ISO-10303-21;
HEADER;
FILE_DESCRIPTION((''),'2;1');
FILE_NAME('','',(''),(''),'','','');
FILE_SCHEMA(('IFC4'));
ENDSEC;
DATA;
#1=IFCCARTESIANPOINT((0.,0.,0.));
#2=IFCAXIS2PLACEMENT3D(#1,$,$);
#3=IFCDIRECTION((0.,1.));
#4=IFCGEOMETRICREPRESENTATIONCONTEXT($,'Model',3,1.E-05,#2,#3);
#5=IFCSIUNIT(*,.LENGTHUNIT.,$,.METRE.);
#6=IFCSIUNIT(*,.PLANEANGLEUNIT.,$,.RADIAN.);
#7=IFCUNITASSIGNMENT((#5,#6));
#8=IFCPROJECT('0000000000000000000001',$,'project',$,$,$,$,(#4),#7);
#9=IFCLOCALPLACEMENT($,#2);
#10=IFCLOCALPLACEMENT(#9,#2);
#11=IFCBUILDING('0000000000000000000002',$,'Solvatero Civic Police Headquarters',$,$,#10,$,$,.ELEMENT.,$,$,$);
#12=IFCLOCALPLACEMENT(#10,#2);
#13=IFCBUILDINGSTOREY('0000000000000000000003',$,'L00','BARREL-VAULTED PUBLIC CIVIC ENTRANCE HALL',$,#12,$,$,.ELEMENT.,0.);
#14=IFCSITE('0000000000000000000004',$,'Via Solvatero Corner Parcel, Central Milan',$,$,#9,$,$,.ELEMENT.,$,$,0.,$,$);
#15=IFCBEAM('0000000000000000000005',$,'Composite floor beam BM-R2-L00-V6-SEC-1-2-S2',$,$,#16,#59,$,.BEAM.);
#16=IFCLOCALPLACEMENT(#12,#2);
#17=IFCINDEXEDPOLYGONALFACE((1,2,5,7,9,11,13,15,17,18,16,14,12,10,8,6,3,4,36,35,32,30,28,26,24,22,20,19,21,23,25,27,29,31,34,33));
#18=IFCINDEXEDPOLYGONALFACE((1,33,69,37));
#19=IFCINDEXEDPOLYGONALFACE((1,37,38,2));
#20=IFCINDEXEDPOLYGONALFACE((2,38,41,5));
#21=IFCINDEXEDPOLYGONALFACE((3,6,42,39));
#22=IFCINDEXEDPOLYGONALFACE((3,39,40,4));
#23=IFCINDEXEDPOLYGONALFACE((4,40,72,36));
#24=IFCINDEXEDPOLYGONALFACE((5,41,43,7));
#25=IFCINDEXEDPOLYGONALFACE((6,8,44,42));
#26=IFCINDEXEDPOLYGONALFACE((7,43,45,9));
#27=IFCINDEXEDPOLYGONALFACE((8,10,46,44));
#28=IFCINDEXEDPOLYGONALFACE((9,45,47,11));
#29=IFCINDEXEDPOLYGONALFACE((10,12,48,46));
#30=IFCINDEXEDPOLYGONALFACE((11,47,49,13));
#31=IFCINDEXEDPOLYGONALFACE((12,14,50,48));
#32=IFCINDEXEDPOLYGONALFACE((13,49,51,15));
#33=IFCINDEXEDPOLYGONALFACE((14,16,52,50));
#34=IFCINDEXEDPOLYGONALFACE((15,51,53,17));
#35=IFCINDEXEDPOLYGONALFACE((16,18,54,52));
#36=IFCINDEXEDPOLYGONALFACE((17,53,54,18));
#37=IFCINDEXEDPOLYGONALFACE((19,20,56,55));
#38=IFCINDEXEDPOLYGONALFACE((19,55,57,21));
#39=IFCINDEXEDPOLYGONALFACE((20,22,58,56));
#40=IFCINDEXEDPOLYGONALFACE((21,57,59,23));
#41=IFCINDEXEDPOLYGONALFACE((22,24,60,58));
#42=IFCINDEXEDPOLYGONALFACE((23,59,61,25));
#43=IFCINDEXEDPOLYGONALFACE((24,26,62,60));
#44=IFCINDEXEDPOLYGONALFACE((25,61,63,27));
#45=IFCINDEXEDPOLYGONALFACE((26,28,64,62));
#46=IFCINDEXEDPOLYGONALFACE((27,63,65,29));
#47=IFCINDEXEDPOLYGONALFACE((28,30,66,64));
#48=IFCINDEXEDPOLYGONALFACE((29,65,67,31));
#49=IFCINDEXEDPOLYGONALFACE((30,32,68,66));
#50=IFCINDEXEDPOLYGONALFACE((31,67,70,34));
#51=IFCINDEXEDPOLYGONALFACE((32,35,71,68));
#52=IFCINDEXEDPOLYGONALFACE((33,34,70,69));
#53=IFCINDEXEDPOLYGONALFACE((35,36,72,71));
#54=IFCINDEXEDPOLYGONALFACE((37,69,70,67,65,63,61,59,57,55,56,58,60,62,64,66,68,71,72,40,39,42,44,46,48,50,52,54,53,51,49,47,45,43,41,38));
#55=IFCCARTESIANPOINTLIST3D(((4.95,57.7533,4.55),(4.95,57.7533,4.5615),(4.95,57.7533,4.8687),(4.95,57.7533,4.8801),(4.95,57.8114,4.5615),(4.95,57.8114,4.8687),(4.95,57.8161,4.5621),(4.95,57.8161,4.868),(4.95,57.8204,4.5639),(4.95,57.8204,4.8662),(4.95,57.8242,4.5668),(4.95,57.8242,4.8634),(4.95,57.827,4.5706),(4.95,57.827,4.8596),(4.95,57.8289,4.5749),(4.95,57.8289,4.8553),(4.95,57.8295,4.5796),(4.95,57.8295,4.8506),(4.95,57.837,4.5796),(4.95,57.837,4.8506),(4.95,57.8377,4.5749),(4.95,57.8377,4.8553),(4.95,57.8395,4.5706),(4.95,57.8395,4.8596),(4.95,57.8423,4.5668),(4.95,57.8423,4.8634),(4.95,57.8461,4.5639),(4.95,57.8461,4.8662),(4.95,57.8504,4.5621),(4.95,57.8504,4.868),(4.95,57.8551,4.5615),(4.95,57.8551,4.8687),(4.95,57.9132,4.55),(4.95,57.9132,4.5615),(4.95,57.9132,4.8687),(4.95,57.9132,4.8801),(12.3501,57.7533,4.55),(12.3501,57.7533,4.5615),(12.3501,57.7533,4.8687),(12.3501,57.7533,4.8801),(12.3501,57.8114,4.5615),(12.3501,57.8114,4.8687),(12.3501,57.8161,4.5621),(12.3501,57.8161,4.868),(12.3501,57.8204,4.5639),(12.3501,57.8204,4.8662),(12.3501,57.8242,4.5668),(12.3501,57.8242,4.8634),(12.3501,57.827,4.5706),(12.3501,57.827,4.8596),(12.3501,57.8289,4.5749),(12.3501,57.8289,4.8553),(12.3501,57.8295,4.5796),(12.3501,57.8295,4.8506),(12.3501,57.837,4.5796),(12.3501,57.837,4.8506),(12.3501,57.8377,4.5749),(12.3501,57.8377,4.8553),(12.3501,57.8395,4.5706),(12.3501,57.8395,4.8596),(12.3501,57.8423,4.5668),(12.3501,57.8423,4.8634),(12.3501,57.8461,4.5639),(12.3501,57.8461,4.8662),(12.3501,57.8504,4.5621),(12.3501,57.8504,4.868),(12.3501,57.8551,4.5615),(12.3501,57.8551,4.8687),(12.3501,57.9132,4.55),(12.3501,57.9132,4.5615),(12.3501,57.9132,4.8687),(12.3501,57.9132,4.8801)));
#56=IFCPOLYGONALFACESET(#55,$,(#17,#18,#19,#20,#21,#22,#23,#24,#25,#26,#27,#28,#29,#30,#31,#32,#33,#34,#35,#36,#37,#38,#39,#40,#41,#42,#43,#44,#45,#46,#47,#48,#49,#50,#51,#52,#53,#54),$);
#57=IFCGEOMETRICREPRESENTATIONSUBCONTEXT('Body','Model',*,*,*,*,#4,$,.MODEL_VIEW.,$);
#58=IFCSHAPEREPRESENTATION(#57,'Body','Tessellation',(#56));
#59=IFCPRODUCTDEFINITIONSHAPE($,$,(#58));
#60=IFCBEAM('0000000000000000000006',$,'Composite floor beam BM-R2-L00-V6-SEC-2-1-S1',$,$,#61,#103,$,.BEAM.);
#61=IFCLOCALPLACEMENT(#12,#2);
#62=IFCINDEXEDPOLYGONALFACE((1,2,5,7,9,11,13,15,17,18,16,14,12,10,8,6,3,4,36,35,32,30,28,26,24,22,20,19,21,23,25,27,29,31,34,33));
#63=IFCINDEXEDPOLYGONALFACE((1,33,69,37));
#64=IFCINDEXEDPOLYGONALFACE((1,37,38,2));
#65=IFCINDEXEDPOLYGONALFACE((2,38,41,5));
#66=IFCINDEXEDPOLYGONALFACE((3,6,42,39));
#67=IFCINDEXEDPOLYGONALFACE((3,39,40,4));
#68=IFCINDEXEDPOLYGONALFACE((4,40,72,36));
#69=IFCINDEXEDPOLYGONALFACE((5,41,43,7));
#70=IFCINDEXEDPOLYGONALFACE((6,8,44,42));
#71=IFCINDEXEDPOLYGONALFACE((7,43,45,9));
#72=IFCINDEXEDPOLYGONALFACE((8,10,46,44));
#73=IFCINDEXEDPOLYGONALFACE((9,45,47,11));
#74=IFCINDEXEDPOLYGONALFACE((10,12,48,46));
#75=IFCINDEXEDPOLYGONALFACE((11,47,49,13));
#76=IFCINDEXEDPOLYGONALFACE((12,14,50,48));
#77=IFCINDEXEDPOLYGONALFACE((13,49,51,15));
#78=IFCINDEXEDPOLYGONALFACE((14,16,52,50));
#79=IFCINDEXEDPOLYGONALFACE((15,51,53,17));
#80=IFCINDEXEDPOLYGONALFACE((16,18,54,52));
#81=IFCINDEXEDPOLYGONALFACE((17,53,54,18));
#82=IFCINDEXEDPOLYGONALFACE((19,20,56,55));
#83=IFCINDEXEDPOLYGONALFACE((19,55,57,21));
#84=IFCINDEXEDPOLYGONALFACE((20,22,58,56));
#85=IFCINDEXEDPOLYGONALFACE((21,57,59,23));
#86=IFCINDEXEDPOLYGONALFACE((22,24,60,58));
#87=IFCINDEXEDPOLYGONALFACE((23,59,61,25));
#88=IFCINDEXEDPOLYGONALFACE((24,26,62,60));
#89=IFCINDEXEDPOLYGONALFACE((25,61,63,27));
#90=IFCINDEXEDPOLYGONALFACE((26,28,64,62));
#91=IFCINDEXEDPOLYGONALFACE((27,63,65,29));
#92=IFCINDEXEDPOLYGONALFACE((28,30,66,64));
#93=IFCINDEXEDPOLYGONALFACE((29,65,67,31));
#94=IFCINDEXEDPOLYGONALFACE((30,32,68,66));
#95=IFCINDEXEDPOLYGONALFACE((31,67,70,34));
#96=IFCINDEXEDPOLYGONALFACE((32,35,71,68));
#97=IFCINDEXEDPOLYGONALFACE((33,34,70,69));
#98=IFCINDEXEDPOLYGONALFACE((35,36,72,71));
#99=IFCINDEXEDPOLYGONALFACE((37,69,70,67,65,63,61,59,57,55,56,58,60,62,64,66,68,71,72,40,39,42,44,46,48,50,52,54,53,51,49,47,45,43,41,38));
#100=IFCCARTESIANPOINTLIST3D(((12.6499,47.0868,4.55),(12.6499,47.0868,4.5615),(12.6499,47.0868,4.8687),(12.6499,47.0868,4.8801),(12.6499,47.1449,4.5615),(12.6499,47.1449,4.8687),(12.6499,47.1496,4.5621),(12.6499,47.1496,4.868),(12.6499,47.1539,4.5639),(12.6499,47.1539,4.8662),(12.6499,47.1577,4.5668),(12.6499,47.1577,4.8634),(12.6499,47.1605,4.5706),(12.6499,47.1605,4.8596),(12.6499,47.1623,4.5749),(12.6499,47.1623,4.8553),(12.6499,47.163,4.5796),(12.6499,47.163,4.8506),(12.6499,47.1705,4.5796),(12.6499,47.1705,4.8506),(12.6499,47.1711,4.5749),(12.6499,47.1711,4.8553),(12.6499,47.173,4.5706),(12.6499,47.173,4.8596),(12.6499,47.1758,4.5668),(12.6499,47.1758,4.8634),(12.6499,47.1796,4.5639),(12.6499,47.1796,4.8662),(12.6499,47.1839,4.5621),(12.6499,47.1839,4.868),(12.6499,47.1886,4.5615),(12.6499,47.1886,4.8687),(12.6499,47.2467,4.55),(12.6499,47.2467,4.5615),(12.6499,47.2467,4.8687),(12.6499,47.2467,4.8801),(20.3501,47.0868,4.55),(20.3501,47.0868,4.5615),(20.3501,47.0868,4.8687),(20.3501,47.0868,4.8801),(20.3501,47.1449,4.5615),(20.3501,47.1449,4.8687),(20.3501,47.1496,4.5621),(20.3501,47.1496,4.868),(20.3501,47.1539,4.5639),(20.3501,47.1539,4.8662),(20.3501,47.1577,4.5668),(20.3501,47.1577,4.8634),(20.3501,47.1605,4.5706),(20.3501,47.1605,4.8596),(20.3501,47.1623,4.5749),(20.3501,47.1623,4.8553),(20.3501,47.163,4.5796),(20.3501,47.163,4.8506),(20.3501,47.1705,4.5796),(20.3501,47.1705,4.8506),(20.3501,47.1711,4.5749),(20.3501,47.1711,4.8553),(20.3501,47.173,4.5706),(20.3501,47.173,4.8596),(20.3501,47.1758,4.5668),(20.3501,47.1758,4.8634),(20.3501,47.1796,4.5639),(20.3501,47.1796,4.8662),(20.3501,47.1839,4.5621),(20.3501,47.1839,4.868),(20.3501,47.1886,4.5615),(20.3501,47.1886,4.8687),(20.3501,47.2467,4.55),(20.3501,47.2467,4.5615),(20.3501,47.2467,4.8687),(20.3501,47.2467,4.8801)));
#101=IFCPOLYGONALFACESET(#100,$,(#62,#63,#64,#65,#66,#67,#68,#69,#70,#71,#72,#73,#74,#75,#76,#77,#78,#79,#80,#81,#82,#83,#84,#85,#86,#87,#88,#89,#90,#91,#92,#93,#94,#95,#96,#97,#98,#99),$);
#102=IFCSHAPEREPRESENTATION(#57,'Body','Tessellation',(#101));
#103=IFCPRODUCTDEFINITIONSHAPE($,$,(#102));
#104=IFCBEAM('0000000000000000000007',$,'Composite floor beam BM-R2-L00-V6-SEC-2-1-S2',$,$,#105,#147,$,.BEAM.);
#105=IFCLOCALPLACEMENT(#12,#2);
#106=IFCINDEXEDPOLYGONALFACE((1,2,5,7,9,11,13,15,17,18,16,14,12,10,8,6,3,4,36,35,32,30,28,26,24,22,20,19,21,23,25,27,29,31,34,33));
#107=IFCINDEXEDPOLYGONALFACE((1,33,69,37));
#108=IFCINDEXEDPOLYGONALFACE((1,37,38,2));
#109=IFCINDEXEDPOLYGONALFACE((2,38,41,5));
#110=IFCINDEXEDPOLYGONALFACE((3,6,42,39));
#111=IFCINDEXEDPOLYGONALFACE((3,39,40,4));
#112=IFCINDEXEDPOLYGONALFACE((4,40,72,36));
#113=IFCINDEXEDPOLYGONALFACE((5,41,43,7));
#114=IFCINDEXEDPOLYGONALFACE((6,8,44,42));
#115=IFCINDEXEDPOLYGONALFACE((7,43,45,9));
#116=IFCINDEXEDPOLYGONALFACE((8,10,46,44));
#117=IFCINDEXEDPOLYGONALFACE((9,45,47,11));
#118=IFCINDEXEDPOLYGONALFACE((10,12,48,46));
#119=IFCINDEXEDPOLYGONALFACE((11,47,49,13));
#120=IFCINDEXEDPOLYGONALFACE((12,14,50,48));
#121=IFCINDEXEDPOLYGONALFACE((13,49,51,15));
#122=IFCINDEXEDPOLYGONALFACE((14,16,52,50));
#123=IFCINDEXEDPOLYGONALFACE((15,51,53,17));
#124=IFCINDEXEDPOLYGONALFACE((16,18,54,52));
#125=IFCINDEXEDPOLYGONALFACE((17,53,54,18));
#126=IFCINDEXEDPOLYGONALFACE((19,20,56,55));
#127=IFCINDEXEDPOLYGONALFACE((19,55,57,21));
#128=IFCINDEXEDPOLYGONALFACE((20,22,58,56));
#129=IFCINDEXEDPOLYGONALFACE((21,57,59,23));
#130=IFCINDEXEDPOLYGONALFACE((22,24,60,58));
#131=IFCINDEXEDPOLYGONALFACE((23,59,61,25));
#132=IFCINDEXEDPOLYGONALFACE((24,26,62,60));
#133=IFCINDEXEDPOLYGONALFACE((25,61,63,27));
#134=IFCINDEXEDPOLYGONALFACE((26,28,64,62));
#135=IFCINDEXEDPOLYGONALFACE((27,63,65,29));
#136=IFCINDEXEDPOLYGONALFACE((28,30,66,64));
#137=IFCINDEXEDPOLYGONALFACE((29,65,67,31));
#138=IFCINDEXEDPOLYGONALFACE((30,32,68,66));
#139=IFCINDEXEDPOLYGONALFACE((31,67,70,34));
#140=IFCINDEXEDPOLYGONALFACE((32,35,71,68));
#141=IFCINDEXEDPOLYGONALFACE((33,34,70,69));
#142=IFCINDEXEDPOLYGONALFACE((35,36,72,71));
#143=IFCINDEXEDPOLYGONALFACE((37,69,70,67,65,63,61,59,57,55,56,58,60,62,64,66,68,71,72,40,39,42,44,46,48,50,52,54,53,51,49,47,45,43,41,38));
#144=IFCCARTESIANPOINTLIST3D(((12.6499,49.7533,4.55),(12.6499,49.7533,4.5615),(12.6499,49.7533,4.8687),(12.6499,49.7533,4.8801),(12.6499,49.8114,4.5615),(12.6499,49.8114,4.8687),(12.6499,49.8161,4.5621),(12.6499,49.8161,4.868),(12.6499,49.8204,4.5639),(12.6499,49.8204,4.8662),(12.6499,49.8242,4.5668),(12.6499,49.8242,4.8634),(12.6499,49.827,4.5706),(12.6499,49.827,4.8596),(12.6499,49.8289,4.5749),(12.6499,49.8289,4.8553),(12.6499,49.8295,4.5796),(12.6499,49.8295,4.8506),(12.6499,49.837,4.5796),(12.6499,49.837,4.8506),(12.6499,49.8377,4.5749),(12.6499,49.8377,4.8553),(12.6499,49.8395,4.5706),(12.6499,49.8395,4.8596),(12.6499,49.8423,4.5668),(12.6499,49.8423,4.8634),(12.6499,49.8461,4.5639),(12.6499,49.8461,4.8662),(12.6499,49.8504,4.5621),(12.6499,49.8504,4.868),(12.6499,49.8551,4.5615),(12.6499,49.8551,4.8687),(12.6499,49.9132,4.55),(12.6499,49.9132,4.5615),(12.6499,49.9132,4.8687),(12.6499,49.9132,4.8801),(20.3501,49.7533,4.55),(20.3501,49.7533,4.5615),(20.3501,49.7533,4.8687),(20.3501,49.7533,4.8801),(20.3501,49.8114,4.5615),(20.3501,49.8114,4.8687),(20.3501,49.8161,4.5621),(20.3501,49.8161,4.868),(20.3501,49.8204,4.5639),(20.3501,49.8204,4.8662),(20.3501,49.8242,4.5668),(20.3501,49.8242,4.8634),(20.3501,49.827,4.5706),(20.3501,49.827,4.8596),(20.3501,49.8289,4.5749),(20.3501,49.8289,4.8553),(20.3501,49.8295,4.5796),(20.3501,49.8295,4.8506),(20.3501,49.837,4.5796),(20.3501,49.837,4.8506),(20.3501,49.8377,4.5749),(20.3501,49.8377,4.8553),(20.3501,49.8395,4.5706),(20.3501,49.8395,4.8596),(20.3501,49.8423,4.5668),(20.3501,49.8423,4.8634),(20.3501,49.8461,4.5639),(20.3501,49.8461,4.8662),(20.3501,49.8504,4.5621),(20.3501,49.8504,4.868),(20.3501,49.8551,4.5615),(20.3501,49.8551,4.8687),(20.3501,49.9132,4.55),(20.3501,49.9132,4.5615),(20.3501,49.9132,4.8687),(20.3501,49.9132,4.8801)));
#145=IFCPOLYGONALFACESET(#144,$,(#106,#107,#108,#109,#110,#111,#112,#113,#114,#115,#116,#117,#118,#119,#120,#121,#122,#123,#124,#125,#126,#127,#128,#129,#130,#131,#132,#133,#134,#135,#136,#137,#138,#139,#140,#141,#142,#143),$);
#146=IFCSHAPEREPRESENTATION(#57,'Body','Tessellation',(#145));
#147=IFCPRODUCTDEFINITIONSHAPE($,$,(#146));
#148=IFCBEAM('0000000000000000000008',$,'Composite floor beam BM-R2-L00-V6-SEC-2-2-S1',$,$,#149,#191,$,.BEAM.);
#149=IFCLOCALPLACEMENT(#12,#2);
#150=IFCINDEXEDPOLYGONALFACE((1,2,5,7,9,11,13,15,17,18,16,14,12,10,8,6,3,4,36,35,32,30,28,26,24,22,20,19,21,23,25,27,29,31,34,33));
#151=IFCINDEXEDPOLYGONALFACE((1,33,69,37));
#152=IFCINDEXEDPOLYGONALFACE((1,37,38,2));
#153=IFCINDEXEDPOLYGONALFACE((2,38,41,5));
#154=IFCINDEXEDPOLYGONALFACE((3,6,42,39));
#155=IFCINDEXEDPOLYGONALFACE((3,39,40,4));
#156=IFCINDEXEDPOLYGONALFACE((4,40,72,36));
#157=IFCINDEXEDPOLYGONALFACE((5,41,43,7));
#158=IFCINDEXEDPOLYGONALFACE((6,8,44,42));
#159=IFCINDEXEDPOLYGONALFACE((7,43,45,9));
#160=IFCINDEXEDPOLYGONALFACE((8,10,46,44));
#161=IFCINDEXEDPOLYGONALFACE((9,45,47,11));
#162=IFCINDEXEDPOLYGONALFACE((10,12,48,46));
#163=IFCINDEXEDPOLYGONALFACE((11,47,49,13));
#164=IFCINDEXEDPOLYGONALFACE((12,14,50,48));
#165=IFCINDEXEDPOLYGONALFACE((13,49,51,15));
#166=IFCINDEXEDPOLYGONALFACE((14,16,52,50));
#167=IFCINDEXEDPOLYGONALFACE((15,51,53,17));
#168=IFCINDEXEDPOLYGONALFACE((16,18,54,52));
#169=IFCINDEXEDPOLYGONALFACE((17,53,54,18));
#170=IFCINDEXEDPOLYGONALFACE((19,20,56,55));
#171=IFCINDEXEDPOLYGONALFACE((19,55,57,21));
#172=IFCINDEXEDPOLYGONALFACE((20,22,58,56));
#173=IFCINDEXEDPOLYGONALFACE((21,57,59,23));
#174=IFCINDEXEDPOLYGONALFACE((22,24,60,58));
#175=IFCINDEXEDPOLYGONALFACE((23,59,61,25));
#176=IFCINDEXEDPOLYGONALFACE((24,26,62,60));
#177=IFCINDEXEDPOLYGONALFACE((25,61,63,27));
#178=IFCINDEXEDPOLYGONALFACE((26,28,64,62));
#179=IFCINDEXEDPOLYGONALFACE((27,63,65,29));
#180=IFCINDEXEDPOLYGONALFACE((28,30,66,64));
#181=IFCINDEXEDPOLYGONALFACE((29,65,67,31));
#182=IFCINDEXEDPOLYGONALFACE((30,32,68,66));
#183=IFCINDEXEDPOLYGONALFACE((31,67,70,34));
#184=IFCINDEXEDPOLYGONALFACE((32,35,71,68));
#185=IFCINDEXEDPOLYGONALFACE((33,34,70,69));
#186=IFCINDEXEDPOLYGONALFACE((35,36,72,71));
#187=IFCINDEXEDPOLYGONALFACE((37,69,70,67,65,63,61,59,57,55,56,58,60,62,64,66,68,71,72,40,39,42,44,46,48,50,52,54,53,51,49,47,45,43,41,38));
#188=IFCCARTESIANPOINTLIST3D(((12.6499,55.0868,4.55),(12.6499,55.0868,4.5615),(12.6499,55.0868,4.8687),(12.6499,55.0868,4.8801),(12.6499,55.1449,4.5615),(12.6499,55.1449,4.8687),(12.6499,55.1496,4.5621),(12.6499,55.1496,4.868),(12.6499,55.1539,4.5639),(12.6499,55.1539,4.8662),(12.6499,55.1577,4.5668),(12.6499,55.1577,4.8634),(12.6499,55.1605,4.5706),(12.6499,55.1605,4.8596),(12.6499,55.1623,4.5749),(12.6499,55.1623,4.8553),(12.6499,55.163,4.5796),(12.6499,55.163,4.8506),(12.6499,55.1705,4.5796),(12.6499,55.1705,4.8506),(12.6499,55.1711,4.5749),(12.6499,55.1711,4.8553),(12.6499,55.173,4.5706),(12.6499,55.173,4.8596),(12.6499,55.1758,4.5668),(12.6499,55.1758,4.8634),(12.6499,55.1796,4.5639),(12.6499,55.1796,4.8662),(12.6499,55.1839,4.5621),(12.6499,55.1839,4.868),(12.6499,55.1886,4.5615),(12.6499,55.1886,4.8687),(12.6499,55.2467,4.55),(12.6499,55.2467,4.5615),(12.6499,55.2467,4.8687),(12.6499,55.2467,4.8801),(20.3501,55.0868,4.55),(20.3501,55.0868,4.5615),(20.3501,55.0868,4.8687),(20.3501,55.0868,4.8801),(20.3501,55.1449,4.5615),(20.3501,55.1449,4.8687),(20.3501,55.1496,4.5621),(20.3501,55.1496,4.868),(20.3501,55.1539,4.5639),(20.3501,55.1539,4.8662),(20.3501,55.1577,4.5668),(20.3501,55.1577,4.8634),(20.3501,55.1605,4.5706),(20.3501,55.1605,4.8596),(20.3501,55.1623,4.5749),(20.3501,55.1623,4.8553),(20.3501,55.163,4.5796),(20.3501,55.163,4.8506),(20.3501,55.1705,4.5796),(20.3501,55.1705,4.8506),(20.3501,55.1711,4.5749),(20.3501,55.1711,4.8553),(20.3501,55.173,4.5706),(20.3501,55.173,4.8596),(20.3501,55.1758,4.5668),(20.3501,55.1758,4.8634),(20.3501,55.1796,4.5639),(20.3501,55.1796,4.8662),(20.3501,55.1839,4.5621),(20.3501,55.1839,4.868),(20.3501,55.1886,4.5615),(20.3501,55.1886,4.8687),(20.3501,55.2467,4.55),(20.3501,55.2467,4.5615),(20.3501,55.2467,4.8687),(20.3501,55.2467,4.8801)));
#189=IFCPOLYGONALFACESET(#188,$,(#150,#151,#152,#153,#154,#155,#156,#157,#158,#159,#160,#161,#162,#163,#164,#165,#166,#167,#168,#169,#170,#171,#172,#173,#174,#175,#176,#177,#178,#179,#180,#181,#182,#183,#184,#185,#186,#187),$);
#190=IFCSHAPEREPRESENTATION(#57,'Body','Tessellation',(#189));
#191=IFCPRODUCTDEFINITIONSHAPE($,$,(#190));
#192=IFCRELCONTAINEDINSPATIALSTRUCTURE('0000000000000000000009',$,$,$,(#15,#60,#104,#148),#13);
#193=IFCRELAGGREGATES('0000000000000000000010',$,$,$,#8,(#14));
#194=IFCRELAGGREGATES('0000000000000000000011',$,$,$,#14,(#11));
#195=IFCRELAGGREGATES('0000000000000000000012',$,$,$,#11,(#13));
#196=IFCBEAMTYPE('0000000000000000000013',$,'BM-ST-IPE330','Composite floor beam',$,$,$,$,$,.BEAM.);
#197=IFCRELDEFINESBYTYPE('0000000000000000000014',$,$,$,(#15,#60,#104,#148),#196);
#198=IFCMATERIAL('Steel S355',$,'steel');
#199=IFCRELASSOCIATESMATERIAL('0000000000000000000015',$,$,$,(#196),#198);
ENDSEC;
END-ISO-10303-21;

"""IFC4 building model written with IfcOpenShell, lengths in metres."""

from ifc_helpers import new_model, si_unit, direction, frame, origin, origin_2d, place, context, subcontext, project, spatial, i_section, extrude, material, material_profile, profile_set, type_object, element, save


model = new_model("IFC4")

# Units and contexts
model_context = context("Model", 3, precision=1e-05, world=origin(), true_north=direction((0.0, 1.0)))
body_context = subcontext(model_context, "Body", "Model", "MODEL_VIEW")
ifc_project = project(units=[si_unit("LENGTHUNIT", "METRE"), si_unit("PLANEANGLEUNIT", "RADIAN")], contexts=[model_context])

# Site, building, storey
site_placement = place(None, origin())
site = spatial("IfcSite", under=ifc_project, at=site_placement, Name="Via Solvatero Corner Parcel, Central Milan", CompositionType="ELEMENT", RefElevation=0.0)
building_placement = place(site_placement, origin())
building = spatial("IfcBuilding", under=site, at=building_placement, Name="Solvatero Civic Police Headquarters", CompositionType="ELEMENT")
storey_placement = place(building_placement, origin())
storey = spatial("IfcBuildingStorey", under=building, at=storey_placement, Name="L00", Description="BARREL-VAULTED PUBLIC CIVIC ENTRANCE HALL", CompositionType="ELEMENT", Elevation=0.0)

# Beams
ifc_material_1 = material(Name="Steel S355", Category="steel")
ifc_material_profile_1 = material_profile(ifc_material_1, i_section(OverallWidth=0.1599, OverallDepth=0.3301, WebThickness=0.0076, FlangeThickness=0.0115, FilletRadius=0.0181, at=origin_2d()), Name="IPE 330")
ifc_profile_set_1 = profile_set([ifc_material_profile_1], Name="Steel S355")
beam_type_1 = type_object("IfcBeamType", Name="BM-ST-IPE330", Description="Composite floor beam", PredefinedType="BEAM", material=ifc_profile_set_1)
for number, where, z_axis, x_axis, name in (
    (1, (4.95, 57.8333, 4.7151), (1.0, 0.0, 0.0), (0.0, 1.0, 0.0), "Composite floor beam BM-R2-L00-V6-SEC-1-2-S2"),
):
    element("IfcBeam", number, at=place(storey_placement, frame(where, z_axis=z_axis, x_axis=x_axis)), inside=storey, type_object=beam_type_1, Name=name, PredefinedType="BEAM", context=body_context, shape_type="SweptSolid", body=[
        extrude(i_section(OverallWidth=0.1599, OverallDepth=0.3301, WebThickness=0.0076, FlangeThickness=0.0115, FilletRadius=0.0181, at=origin_2d()), origin(), (0.0, 0.0, 1.0), 7.4001),
    ])
for number, where, z_axis, x_axis, name in (
    (2, (12.6499, 47.1667, 4.7151), (1.0, 0.0, 0.0), (0.0, 1.0, 0.0), "Composite floor beam BM-R2-L00-V6-SEC-2-1-S1"),
    (3, (12.6499, 49.8333, 4.7151), (1.0, 0.0, 0.0), (0.0, 1.0, 0.0), "Composite floor beam BM-R2-L00-V6-SEC-2-1-S2"),
    (4, (12.6499, 55.1667, 4.7151), (1.0, 0.0, 0.0), (0.0, 1.0, 0.0), "Composite floor beam BM-R2-L00-V6-SEC-2-2-S1"),
):
    element("IfcBeam", number, at=place(storey_placement, frame(where, z_axis=z_axis, x_axis=x_axis)), inside=storey, type_object=beam_type_1, Name=name, PredefinedType="BEAM", context=body_context, shape_type="SweptSolid", body=[
        extrude(i_section(OverallWidth=0.1599, OverallDepth=0.3301, WebThickness=0.0076, FlangeThickness=0.0115, FilletRadius=0.0181, at=origin_2d()), origin(), (0.0, 0.0, 1.0), 7.7002),
    ])

save(model, "model.ifc")
